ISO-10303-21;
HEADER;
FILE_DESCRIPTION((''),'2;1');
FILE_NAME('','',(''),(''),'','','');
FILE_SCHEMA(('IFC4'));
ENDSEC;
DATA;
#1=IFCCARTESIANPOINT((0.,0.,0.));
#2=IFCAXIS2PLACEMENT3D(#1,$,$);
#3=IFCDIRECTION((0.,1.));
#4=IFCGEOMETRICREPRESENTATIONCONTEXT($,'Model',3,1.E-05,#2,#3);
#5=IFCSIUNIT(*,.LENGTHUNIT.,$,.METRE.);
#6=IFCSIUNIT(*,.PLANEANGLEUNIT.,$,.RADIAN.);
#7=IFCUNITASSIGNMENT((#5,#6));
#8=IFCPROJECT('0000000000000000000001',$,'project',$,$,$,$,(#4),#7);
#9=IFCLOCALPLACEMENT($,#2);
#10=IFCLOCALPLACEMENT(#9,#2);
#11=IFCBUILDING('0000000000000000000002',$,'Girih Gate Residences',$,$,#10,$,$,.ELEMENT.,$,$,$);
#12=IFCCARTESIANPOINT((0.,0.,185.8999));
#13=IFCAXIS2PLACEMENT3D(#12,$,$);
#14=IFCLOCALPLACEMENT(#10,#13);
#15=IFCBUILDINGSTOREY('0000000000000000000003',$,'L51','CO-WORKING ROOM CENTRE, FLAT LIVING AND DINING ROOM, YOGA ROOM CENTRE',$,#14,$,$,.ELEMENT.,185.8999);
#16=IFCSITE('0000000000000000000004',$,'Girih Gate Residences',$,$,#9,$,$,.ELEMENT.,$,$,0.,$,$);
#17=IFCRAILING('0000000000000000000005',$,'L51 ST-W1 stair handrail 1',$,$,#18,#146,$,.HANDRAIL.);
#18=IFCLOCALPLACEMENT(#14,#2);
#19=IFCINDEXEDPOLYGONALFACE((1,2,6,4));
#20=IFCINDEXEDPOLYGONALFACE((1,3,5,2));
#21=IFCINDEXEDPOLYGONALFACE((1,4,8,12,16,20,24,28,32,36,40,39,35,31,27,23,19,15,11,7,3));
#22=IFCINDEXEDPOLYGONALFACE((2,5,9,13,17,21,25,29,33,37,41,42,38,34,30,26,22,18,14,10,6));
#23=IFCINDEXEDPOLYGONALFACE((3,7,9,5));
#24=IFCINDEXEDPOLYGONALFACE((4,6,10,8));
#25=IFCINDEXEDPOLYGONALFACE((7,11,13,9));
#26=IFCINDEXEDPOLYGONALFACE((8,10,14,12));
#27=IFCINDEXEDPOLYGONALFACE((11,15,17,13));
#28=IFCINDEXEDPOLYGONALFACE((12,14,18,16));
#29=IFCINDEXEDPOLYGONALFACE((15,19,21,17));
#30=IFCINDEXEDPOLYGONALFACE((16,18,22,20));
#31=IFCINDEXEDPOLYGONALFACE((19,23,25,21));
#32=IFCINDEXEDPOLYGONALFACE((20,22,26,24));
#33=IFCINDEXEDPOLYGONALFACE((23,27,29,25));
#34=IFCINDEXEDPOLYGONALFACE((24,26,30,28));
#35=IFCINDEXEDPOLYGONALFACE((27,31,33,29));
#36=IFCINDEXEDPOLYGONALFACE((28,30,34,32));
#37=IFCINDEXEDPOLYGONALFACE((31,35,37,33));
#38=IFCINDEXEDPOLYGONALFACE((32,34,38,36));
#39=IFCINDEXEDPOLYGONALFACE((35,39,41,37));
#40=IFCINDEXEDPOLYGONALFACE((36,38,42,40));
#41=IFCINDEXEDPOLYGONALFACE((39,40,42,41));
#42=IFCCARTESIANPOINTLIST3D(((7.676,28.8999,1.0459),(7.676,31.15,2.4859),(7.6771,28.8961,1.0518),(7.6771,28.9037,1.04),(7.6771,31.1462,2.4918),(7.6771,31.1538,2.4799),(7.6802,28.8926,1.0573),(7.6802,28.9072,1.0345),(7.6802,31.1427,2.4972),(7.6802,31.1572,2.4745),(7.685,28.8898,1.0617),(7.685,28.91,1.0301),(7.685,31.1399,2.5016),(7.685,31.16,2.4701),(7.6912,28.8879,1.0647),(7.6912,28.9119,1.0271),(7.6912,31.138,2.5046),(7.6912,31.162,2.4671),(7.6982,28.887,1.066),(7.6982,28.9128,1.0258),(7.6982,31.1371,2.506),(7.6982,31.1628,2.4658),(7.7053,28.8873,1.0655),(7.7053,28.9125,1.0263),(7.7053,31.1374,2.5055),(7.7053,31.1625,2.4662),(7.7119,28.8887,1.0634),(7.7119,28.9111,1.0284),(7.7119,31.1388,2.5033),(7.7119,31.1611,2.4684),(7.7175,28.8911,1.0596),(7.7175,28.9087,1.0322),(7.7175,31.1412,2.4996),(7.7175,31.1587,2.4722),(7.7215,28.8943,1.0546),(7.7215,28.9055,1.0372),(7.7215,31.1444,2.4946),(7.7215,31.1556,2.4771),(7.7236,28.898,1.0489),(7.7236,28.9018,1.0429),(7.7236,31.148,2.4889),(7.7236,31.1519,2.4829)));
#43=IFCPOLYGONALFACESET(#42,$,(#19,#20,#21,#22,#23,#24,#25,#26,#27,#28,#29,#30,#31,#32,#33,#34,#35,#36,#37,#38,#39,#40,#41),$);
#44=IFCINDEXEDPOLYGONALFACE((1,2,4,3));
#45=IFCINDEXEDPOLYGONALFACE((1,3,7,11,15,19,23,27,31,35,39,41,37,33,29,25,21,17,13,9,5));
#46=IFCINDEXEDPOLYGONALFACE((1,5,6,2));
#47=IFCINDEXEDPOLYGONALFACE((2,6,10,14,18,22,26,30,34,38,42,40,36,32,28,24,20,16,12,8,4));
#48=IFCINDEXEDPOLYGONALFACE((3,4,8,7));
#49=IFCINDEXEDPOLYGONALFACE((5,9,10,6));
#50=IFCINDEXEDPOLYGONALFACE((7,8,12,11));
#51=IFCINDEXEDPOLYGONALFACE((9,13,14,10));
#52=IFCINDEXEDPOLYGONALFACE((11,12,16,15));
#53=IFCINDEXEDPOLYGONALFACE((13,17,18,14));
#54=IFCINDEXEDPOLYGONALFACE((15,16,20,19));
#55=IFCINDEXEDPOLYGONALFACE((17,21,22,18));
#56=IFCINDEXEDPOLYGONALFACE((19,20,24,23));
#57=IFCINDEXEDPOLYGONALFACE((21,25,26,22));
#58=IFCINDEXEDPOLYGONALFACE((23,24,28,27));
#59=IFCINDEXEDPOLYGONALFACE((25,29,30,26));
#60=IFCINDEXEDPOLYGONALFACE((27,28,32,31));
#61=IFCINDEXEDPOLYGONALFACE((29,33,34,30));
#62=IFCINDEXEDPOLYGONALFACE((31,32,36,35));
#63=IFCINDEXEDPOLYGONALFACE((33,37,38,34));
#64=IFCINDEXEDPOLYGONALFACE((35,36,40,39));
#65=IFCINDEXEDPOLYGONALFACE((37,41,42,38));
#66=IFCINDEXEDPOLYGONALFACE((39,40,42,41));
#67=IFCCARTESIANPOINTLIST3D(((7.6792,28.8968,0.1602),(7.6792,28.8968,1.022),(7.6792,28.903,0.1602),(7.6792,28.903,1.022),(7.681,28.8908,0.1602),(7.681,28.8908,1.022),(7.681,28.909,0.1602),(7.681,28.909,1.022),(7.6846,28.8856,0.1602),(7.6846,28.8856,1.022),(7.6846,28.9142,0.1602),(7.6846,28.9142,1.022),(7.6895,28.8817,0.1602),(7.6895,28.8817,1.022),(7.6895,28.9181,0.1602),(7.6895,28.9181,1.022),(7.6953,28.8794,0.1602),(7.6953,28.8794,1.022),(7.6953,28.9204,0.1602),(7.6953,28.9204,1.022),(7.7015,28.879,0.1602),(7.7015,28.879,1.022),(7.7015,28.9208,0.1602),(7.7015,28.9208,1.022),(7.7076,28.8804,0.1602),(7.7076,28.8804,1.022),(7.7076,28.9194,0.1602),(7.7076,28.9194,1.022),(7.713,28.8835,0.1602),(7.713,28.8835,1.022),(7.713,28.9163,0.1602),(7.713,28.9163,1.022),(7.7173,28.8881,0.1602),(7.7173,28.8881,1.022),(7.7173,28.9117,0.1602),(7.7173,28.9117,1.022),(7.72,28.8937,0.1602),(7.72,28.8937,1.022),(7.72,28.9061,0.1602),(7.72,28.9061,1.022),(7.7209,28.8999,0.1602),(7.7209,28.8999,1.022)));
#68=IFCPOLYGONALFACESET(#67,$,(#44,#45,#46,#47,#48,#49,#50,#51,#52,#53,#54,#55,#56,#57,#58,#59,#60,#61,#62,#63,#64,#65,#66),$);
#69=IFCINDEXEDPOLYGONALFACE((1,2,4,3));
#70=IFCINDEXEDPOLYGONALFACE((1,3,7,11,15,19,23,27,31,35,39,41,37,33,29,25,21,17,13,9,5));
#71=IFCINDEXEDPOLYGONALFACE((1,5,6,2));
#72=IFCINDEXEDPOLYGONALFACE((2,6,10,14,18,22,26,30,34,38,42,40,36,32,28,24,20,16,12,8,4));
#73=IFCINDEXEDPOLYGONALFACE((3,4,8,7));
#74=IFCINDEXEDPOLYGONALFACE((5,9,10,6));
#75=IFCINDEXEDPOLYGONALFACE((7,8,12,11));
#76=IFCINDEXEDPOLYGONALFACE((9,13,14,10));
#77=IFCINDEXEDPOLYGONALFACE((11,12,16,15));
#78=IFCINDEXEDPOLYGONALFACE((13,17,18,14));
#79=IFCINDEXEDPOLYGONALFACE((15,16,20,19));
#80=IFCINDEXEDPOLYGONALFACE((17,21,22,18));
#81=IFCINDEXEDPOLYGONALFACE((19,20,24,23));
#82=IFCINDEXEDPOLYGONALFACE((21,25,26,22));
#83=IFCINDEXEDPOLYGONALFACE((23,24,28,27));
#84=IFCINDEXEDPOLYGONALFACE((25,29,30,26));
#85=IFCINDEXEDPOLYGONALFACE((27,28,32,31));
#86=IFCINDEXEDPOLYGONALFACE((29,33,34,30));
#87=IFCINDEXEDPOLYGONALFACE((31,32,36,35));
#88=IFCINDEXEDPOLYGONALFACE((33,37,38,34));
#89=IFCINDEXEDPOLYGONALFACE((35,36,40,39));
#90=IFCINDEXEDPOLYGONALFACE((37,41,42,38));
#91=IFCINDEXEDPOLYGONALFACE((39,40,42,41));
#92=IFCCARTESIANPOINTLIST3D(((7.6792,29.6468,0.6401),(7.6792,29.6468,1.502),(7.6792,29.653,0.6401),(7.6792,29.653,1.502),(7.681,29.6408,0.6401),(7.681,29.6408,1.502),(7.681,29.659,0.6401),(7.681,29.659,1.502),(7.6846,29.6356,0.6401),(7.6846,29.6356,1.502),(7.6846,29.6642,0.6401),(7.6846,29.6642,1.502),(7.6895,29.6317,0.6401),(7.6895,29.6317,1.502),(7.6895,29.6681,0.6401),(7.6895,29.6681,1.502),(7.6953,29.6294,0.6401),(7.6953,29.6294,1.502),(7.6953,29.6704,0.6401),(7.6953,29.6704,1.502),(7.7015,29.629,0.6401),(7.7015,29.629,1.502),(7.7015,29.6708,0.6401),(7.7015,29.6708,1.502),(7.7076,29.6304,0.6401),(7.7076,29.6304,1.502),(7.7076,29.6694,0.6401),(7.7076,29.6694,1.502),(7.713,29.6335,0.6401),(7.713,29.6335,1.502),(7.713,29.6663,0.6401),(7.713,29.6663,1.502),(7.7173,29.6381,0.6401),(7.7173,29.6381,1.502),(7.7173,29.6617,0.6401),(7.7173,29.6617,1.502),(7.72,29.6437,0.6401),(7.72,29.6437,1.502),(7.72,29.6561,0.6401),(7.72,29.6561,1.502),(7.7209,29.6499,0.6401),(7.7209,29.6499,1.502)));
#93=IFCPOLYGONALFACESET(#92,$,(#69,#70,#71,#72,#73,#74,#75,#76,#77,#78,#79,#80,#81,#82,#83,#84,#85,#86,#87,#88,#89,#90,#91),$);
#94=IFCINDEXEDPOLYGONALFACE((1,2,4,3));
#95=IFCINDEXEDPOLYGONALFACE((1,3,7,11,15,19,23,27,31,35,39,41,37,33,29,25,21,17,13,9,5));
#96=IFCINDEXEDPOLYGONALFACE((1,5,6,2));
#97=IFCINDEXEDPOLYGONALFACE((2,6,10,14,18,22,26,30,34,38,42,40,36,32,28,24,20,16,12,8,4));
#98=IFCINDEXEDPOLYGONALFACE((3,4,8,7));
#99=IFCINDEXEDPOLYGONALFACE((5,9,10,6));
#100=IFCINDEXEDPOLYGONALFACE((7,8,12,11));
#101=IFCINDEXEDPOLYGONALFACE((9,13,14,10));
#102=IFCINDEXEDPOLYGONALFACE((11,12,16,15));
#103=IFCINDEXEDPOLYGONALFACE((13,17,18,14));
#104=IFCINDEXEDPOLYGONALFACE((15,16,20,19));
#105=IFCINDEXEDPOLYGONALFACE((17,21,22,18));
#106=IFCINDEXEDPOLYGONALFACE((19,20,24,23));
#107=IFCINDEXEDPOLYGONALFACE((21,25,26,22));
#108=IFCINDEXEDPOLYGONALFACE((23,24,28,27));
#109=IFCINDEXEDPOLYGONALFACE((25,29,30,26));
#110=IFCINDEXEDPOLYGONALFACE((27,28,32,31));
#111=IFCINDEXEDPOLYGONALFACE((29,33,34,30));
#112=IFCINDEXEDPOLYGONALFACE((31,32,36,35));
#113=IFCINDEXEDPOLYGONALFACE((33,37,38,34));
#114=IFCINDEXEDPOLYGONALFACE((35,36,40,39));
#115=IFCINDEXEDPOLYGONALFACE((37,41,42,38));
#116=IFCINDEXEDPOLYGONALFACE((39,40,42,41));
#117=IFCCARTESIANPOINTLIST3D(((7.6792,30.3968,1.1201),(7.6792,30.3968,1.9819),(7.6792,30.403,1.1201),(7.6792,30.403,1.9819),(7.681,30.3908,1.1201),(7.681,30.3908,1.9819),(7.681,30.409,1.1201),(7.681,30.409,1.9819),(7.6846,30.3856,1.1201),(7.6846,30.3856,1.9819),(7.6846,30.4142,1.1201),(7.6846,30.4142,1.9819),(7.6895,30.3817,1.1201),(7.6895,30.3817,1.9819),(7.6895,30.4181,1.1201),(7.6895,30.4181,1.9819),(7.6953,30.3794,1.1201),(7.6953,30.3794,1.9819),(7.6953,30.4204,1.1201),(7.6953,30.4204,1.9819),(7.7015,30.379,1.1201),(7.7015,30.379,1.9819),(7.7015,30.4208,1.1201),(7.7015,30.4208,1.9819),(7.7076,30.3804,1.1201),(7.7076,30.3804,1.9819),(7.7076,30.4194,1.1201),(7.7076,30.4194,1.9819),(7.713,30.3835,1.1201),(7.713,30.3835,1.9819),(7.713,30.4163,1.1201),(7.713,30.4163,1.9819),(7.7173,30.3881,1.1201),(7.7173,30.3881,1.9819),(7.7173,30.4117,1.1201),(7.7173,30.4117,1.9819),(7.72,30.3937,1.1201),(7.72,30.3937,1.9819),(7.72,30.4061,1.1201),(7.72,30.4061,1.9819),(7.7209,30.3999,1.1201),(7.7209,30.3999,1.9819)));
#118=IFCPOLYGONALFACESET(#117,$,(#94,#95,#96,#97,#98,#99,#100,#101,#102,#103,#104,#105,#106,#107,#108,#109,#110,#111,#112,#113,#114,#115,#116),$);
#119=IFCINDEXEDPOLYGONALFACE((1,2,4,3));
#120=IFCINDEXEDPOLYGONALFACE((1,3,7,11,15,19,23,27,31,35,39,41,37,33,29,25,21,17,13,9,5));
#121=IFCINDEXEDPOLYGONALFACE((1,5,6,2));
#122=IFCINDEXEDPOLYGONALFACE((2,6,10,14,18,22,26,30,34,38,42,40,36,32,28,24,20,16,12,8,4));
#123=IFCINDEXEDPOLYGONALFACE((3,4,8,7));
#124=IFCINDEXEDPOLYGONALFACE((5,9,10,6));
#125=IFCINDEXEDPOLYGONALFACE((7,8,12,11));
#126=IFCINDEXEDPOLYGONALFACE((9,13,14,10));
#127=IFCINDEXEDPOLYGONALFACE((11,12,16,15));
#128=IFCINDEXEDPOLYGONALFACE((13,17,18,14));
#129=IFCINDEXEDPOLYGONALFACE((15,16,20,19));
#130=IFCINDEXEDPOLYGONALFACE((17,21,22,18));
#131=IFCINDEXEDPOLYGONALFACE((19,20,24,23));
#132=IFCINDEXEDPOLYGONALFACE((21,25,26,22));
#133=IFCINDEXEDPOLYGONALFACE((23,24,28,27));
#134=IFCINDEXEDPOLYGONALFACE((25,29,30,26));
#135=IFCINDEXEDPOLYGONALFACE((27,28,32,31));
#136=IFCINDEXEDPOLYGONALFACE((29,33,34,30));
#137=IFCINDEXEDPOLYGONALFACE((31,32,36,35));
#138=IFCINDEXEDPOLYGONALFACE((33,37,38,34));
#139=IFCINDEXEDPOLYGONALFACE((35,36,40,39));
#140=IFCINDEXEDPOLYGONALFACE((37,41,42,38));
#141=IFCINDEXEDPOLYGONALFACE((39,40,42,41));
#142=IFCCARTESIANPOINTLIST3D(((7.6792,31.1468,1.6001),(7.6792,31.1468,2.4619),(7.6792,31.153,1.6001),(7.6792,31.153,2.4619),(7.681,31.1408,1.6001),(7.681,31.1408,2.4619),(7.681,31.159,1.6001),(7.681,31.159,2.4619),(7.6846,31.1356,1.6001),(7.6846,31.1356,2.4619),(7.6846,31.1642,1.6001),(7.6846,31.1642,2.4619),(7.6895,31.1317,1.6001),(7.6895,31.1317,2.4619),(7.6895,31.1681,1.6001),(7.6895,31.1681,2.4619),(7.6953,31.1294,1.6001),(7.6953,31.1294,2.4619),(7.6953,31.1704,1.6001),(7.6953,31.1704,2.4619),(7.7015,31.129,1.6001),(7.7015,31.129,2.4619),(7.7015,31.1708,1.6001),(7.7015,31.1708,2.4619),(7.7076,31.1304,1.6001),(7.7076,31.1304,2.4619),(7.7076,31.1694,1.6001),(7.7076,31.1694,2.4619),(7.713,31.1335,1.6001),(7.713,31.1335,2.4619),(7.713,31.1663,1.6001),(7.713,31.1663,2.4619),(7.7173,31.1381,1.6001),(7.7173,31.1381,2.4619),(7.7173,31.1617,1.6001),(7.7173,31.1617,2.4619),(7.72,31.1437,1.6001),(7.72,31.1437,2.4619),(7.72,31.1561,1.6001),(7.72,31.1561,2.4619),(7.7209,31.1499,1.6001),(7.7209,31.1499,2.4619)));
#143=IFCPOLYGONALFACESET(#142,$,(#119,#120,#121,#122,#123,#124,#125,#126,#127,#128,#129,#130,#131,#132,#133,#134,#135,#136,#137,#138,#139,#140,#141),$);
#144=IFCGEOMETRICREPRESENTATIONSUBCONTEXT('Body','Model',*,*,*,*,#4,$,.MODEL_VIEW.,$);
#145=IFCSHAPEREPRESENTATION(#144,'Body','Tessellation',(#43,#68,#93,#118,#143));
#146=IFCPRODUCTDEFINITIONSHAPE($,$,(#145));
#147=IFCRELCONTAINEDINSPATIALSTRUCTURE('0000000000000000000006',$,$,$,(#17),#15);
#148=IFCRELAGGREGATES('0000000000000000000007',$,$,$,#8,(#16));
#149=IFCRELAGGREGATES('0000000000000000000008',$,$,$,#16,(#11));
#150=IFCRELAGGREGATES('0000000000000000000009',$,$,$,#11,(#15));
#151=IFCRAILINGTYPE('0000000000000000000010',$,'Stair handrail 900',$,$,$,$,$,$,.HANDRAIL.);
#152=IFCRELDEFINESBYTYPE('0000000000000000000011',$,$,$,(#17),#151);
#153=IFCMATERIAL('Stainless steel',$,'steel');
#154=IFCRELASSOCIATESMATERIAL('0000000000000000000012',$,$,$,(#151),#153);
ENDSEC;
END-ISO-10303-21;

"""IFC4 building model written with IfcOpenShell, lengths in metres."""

from ifc_helpers import new_model, si_unit, direction, frame, origin, origin_2d, place, context, subcontext, project, spatial, circle, extrude, material, type_object, element, save


model = new_model("IFC4")

# Units and contexts
model_context = context("Model", 3, precision=1e-05, world=origin(), true_north=direction((0.0, 1.0)))
body_context = subcontext(model_context, "Body", "Model", "MODEL_VIEW")
ifc_project = project(units=[si_unit("LENGTHUNIT", "METRE"), si_unit("PLANEANGLEUNIT", "RADIAN")], contexts=[model_context])

# Site, building, storey
site_placement = place(None, origin())
site = spatial("IfcSite", under=ifc_project, at=site_placement, Name="Girih Gate Residences", CompositionType="ELEMENT", RefElevation=0.0)
building_placement = place(site_placement, origin())
building = spatial("IfcBuilding", under=site, at=building_placement, Name="Girih Gate Residences", CompositionType="ELEMENT")
storey_placement = place(building_placement, frame((0.0, 0.0, 185.8999)))
storey = spatial("IfcBuildingStorey", under=building, at=storey_placement, Name="L51", Description="CO-WORKING ROOM CENTRE, FLAT LIVING AND DINING ROOM, YOGA ROOM CENTRE", CompositionType="ELEMENT", Elevation=185.8999)

# Railing
ifc_material_1 = material(Name="Stainless steel", Category="steel")
railing_type_1 = type_object("IfcRailingType", Name="Stair handrail 900", PredefinedType="HANDRAIL", material=ifc_material_1)
for number, where, name in (
    (1, (7.7, 28.8999, 0.1602), "L51 ST-W1 stair handrail 1"),
):
    element("IfcRailing", number, at=place(storey_placement, frame(where)), inside=storey, type_object=railing_type_1, Name=name, PredefinedType="HANDRAIL", context=body_context, shape_type="SweptSolid", body=[
        extrude(circle(Radius=0.0239, at=origin_2d()), frame((0.0, 0.0, 0.8857), z_axis=(0.0, 0.842281, 0.539038), x_axis=(-1.0, 0.0, 0.0)), (0.0, 0.0, 1.0), 2.6714),
        extrude(circle(Radius=0.021, at=origin_2d()), origin(), (0.0, 0.0, 1.0), 0.8618),
        extrude(circle(Radius=0.021, at=origin_2d()), frame((0.0, 0.75, 0.48)), (0.0, 0.0, 1.0), 0.8618),
        extrude(circle(Radius=0.021, at=origin_2d()), frame((0.0, 1.5, 0.96)), (0.0, 0.0, 1.0), 0.8618),
        extrude(circle(Radius=0.021, at=origin_2d()), frame((0.0, 2.25, 1.4399)), (0.0, 0.0, 1.0), 0.8618),
    ])

save(model, "model.ifc")
